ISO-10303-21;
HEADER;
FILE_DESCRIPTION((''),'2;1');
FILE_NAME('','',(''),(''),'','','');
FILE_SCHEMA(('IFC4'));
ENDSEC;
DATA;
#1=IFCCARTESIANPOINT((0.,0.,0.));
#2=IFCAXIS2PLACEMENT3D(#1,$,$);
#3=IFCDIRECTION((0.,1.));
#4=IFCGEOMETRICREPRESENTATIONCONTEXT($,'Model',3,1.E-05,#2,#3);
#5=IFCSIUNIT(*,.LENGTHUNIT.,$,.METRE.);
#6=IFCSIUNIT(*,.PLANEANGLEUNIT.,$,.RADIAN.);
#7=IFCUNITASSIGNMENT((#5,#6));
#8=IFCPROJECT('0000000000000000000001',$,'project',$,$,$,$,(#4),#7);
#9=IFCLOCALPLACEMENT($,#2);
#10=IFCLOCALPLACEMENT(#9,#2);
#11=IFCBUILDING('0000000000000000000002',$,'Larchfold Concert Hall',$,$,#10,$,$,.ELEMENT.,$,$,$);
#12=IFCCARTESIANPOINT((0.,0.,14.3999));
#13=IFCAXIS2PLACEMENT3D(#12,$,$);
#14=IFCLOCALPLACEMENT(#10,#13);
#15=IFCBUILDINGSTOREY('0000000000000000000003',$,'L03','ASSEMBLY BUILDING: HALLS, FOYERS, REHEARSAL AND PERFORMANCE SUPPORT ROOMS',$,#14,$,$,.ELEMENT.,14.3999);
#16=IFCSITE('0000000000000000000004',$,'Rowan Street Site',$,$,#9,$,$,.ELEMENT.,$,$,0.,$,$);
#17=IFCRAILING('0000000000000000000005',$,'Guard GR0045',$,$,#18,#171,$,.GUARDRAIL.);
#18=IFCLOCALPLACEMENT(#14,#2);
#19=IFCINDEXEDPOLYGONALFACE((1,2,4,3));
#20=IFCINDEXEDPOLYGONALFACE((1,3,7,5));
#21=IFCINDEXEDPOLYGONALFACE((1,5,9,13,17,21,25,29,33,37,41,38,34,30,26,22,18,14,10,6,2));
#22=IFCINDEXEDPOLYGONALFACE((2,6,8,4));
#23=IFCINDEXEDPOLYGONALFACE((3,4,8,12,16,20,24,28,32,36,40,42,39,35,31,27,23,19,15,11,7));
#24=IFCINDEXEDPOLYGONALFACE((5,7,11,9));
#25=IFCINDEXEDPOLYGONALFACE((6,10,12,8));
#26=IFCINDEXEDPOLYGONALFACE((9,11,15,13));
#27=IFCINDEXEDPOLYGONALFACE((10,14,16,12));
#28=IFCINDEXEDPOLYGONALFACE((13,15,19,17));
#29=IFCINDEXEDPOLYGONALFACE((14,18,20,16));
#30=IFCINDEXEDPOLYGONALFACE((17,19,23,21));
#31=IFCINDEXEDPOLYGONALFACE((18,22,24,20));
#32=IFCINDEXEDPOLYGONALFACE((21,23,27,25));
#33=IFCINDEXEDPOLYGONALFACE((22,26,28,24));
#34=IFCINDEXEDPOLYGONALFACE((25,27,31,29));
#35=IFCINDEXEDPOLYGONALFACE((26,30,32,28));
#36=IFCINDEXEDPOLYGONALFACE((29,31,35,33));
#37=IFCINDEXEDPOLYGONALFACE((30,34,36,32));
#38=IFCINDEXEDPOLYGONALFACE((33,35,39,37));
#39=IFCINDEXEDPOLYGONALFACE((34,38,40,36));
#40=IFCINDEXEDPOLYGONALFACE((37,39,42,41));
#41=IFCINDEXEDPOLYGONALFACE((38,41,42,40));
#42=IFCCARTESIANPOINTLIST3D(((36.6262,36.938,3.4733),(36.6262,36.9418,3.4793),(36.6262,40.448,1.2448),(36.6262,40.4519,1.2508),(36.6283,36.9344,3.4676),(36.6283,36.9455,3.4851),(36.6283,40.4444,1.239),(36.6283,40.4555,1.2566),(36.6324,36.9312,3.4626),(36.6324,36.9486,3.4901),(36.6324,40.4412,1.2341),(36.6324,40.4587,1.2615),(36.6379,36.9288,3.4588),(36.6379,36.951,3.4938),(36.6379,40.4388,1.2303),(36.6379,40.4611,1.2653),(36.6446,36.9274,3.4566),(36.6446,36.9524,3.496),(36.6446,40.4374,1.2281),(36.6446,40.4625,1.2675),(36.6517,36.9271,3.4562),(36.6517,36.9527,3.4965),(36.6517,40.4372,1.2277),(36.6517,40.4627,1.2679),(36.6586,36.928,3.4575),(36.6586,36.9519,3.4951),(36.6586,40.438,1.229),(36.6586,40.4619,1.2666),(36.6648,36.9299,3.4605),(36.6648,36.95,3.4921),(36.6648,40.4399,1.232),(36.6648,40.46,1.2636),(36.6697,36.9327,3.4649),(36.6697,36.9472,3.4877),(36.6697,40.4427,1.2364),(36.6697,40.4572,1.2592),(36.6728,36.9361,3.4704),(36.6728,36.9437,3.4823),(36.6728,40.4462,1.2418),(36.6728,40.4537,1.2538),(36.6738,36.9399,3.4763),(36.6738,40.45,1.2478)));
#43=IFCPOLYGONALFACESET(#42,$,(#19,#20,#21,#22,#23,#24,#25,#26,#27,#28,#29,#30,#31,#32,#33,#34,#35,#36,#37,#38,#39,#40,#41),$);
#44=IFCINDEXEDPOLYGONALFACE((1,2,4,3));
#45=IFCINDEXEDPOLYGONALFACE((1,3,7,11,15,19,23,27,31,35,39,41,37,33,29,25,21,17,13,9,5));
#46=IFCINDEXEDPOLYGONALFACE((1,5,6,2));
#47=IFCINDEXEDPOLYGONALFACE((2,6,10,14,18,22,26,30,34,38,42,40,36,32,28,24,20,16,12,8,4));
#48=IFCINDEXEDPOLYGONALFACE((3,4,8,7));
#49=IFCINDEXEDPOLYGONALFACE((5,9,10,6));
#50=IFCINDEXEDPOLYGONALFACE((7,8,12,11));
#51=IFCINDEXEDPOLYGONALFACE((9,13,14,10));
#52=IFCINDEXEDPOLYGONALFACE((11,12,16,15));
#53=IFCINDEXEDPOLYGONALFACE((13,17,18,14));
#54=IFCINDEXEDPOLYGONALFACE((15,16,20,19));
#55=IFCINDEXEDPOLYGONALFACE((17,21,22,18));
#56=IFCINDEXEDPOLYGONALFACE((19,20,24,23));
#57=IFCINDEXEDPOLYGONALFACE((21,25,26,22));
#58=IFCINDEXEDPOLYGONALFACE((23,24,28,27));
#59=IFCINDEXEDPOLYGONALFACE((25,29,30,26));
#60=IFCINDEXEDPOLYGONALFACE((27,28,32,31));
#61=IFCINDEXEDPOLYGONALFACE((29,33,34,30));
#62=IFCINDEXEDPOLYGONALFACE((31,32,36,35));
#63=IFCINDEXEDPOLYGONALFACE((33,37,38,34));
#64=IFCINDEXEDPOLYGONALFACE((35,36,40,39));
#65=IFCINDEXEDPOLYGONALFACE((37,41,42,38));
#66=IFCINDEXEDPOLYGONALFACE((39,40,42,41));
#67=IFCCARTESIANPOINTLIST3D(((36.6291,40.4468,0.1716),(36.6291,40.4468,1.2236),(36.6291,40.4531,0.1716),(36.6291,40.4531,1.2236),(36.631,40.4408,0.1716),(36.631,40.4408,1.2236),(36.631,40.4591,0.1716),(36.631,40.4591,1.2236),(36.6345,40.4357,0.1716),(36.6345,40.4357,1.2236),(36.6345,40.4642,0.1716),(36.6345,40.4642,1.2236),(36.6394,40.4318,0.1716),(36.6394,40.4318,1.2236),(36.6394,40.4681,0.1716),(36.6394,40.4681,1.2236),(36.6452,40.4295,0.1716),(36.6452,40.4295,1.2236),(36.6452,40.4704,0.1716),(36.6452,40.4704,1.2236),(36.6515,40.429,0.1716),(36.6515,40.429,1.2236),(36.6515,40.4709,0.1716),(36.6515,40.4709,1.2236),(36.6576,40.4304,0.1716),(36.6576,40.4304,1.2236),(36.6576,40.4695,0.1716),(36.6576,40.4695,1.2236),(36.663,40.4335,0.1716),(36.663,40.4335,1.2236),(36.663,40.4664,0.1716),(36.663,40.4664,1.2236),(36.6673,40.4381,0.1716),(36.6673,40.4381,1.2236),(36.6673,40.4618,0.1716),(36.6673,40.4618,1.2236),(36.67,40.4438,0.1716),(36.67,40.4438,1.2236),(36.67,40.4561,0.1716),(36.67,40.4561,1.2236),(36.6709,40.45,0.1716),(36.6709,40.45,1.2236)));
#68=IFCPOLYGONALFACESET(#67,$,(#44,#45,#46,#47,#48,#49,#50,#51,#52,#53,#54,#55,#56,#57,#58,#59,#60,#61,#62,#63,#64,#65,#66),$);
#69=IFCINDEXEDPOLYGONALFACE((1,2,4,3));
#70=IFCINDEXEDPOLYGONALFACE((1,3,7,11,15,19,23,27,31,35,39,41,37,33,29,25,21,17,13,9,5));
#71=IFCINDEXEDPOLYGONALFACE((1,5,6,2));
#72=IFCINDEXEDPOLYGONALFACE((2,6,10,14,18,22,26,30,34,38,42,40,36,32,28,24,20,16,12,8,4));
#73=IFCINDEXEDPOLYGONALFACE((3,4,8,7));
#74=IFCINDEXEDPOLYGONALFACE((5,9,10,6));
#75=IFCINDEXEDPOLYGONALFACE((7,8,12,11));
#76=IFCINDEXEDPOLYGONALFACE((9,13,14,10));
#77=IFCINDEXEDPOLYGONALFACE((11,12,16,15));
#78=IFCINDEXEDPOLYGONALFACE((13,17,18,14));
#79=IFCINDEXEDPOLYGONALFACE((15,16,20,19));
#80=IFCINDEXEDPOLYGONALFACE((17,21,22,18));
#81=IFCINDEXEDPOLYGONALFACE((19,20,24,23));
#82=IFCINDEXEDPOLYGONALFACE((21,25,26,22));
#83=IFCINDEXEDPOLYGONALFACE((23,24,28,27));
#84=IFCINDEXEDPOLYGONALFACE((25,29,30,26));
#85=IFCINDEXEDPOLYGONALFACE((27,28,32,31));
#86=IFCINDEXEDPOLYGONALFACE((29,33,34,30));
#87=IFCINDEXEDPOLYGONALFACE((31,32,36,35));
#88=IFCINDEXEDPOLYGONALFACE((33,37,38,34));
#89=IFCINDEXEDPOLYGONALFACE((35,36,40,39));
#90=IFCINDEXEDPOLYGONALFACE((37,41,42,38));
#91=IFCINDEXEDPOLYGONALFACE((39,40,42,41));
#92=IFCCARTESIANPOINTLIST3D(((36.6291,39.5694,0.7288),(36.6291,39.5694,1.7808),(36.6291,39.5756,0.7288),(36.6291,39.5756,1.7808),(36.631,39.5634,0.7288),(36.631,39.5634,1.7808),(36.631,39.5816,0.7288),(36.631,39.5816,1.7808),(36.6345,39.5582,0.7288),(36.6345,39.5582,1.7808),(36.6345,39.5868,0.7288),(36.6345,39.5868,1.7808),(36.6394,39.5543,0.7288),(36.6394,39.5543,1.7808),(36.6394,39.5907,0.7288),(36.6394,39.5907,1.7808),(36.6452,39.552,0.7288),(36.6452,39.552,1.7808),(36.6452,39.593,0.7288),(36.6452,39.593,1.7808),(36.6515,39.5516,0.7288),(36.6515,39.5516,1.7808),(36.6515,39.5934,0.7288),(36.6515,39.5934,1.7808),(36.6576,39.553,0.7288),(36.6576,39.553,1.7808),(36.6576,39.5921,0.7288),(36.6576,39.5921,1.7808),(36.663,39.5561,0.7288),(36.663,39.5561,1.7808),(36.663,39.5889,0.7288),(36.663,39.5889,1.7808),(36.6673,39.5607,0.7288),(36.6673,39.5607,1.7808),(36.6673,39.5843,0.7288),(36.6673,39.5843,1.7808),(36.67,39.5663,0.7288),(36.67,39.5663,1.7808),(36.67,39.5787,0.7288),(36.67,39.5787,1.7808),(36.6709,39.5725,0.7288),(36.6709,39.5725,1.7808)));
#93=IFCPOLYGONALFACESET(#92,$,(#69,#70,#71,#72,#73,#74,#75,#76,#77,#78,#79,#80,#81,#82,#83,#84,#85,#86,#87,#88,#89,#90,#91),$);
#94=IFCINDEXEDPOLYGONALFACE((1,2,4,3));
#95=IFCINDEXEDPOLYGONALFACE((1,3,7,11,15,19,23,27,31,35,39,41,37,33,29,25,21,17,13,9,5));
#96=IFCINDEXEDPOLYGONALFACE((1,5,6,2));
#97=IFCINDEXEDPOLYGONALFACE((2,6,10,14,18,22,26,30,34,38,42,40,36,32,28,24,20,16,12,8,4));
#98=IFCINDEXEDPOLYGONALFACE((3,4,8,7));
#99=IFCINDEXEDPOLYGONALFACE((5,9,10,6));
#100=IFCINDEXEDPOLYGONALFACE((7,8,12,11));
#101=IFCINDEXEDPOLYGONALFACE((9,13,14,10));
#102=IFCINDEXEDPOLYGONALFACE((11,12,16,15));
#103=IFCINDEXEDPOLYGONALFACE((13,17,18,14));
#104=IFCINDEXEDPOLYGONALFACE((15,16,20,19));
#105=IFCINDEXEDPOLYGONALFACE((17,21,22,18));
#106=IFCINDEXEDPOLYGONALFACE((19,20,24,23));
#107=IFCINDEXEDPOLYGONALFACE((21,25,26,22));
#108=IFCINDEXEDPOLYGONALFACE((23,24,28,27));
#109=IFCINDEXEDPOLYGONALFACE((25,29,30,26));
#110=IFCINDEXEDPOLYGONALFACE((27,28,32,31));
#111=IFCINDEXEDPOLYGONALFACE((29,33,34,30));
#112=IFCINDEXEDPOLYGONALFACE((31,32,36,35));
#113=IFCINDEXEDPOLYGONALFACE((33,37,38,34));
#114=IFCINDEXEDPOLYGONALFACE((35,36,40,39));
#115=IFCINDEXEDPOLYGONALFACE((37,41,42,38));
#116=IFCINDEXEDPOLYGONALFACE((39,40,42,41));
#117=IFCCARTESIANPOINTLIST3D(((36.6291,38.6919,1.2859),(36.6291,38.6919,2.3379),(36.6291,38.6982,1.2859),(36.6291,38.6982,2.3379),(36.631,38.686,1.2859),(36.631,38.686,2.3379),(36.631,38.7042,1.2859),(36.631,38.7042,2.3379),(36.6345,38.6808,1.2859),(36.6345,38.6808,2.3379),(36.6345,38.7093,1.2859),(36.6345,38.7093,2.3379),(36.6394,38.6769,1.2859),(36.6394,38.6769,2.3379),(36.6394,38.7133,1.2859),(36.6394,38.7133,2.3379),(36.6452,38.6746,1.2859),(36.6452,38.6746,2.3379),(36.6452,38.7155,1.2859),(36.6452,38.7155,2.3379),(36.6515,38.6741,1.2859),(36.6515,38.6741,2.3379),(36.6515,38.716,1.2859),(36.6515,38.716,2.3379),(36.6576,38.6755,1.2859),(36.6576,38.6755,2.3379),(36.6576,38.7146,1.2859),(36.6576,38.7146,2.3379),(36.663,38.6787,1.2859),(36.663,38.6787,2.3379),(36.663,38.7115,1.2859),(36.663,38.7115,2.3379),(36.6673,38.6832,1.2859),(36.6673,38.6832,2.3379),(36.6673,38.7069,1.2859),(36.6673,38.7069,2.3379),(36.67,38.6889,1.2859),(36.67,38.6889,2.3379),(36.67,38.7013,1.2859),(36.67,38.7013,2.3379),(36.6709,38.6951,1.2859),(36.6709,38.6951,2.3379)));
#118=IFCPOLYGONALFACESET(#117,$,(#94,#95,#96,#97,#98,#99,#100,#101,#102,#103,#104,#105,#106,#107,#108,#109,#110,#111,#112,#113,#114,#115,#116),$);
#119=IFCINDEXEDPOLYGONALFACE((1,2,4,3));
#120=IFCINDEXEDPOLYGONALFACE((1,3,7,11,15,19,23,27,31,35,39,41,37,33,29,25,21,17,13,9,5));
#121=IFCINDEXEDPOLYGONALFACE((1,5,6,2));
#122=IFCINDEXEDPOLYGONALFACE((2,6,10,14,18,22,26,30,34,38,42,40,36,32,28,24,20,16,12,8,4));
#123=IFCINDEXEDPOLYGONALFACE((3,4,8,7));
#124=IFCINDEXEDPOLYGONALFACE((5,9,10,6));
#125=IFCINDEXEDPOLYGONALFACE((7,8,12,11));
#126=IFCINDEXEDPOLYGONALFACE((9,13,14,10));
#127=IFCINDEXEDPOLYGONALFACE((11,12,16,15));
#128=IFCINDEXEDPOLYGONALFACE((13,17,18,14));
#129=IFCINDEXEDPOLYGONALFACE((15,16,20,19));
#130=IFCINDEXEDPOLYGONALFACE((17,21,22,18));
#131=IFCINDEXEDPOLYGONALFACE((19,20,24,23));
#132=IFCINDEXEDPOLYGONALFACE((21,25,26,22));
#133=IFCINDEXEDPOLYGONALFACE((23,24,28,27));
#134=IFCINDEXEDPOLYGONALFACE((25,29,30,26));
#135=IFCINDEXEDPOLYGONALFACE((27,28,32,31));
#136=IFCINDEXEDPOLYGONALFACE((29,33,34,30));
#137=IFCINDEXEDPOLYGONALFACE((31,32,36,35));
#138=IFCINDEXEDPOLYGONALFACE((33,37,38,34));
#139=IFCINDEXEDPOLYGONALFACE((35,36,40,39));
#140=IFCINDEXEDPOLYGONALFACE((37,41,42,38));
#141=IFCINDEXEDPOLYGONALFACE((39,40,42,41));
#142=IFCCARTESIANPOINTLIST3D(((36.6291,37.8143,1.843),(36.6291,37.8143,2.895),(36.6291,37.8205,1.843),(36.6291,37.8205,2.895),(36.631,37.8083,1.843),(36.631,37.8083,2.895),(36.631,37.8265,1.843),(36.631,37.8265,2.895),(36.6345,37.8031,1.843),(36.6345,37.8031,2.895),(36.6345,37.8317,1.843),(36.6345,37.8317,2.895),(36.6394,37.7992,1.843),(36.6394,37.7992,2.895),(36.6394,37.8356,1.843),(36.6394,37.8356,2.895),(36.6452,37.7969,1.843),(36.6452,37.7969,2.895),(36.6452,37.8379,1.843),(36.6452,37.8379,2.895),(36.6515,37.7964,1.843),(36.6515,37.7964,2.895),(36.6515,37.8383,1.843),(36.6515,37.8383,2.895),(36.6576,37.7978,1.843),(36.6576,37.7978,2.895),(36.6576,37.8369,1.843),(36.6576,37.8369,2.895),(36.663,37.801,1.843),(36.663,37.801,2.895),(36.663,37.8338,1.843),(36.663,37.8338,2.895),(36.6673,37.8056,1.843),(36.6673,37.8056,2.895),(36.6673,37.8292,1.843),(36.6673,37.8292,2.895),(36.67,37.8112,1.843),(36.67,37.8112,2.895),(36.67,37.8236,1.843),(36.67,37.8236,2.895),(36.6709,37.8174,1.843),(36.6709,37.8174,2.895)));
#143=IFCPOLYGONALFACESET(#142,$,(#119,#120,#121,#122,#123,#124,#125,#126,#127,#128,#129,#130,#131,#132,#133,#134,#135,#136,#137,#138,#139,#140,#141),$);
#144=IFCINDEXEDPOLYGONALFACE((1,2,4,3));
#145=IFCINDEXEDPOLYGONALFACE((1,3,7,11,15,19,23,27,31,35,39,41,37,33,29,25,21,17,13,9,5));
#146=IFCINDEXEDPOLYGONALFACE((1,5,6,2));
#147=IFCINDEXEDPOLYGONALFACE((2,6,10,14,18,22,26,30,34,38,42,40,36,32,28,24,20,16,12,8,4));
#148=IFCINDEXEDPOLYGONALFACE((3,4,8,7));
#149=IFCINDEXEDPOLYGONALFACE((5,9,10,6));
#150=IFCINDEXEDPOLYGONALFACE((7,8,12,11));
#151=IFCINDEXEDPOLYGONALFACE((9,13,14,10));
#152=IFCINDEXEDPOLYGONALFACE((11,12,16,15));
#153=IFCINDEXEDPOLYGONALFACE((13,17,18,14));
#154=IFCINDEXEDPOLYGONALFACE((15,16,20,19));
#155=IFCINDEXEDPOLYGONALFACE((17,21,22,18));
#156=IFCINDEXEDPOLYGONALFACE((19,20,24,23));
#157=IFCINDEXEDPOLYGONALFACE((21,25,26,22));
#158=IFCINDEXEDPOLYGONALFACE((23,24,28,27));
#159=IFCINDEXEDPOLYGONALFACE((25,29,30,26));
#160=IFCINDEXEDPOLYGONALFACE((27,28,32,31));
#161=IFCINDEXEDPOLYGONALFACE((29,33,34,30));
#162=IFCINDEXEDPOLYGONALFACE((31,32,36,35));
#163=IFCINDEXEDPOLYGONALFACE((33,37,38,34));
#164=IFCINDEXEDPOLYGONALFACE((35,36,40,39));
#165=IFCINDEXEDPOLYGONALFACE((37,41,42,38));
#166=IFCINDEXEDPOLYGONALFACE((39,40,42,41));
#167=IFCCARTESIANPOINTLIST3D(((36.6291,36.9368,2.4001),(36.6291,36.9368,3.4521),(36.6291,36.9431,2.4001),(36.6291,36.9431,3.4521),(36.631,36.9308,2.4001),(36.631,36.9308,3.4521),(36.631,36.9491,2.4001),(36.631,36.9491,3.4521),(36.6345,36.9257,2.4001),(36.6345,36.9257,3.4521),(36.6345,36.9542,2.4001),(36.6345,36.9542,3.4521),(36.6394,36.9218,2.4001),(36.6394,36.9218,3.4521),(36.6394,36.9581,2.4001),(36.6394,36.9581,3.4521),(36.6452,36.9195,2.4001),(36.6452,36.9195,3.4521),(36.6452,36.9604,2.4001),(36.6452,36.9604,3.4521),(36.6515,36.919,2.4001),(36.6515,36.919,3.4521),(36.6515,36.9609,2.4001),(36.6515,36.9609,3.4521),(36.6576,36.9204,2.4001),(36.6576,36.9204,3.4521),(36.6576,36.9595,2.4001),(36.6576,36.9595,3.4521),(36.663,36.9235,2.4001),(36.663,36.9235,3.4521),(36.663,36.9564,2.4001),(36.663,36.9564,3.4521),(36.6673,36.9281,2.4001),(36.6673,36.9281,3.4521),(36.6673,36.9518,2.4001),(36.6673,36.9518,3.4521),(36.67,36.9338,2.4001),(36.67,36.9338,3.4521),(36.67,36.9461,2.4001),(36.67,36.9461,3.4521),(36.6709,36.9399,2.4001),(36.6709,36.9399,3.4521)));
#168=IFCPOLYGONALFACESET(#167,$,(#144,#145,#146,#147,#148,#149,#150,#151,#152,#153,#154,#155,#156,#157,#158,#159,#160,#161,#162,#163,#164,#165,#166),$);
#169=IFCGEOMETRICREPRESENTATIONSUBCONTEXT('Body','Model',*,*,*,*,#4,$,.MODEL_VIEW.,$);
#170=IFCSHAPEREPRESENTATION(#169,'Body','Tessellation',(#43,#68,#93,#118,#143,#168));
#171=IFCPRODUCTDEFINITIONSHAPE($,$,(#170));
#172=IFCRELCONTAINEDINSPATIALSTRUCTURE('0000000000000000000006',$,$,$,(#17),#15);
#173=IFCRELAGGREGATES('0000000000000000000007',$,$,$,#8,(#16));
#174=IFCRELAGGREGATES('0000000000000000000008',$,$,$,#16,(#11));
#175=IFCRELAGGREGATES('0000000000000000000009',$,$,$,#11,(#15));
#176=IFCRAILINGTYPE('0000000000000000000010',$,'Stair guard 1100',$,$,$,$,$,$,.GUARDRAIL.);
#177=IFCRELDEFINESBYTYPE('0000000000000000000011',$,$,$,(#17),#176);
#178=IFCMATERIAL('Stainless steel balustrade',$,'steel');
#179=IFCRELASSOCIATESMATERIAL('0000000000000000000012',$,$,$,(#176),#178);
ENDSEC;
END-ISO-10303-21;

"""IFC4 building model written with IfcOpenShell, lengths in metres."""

from ifc_helpers import new_model, si_unit, direction, frame, origin, origin_2d, place, context, subcontext, project, spatial, circle, extrude, material, type_object, element, save


model = new_model("IFC4")

# Units and contexts
model_context = context("Model", 3, precision=1e-05, world=origin(), true_north=direction((0.0, 1.0)))
body_context = subcontext(model_context, "Body", "Model", "MODEL_VIEW")
ifc_project = project(units=[si_unit("LENGTHUNIT", "METRE"), si_unit("PLANEANGLEUNIT", "RADIAN")], contexts=[model_context])

# Site, building, storey
site_placement = place(None, origin())
site = spatial("IfcSite", under=ifc_project, at=site_placement, Name="Rowan Street Site", CompositionType="ELEMENT", RefElevation=0.0)
building_placement = place(site_placement, origin())
building = spatial("IfcBuilding", under=site, at=building_placement, Name="Larchfold Concert Hall", CompositionType="ELEMENT")
storey_placement = place(building_placement, frame((0.0, 0.0, 14.3999)))
storey = spatial("IfcBuildingStorey", under=building, at=storey_placement, Name="L03", Description="ASSEMBLY BUILDING: HALLS, FOYERS, REHEARSAL AND PERFORMANCE SUPPORT ROOMS", CompositionType="ELEMENT", Elevation=14.3999)

# Railing
ifc_material_1 = material(Name="Stainless steel balustrade", Category="steel")
railing_type_1 = type_object("IfcRailingType", Name="Stair guard 1100", PredefinedType="GUARDRAIL", material=ifc_material_1)
railing_1_placement = place(storey_placement, frame((36.6499, 40.45, 0.1716)))
element("IfcRailing", 1, at=railing_1_placement, inside=storey, type_object=railing_type_1, Name="Guard GR0045", PredefinedType="GUARDRAIL", context=body_context, shape_type="SweptSolid", body=[
    extrude(circle(Radius=0.0239, at=origin_2d()), frame((0.0, 0.0, 1.0762), z_axis=(0.0, -0.84422, 0.535998), x_axis=(1.0, 0.0, 0.0)), (0.0, 0.0, 1.0), 4.1577),
    extrude(circle(Radius=0.021, at=origin_2d()), origin(), (0.0, 0.0, 1.0), 1.052),
    extrude(circle(Radius=0.021, at=origin_2d()), frame((0.0, -0.8774, 0.5571)), (0.0, 0.0, 1.0), 1.052),
    extrude(circle(Radius=0.021, at=origin_2d()), frame((0.0, -1.7549, 1.1143)), (0.0, 0.0, 1.0), 1.052),
    extrude(circle(Radius=0.021, at=origin_2d()), frame((0.0, -2.6326, 1.6714)), (0.0, 0.0, 1.0), 1.052),
    extrude(circle(Radius=0.021, at=origin_2d()), frame((0.0, -3.51, 2.2285)), (0.0, 0.0, 1.0), 1.052),
])

save(model, "model.ifc")
